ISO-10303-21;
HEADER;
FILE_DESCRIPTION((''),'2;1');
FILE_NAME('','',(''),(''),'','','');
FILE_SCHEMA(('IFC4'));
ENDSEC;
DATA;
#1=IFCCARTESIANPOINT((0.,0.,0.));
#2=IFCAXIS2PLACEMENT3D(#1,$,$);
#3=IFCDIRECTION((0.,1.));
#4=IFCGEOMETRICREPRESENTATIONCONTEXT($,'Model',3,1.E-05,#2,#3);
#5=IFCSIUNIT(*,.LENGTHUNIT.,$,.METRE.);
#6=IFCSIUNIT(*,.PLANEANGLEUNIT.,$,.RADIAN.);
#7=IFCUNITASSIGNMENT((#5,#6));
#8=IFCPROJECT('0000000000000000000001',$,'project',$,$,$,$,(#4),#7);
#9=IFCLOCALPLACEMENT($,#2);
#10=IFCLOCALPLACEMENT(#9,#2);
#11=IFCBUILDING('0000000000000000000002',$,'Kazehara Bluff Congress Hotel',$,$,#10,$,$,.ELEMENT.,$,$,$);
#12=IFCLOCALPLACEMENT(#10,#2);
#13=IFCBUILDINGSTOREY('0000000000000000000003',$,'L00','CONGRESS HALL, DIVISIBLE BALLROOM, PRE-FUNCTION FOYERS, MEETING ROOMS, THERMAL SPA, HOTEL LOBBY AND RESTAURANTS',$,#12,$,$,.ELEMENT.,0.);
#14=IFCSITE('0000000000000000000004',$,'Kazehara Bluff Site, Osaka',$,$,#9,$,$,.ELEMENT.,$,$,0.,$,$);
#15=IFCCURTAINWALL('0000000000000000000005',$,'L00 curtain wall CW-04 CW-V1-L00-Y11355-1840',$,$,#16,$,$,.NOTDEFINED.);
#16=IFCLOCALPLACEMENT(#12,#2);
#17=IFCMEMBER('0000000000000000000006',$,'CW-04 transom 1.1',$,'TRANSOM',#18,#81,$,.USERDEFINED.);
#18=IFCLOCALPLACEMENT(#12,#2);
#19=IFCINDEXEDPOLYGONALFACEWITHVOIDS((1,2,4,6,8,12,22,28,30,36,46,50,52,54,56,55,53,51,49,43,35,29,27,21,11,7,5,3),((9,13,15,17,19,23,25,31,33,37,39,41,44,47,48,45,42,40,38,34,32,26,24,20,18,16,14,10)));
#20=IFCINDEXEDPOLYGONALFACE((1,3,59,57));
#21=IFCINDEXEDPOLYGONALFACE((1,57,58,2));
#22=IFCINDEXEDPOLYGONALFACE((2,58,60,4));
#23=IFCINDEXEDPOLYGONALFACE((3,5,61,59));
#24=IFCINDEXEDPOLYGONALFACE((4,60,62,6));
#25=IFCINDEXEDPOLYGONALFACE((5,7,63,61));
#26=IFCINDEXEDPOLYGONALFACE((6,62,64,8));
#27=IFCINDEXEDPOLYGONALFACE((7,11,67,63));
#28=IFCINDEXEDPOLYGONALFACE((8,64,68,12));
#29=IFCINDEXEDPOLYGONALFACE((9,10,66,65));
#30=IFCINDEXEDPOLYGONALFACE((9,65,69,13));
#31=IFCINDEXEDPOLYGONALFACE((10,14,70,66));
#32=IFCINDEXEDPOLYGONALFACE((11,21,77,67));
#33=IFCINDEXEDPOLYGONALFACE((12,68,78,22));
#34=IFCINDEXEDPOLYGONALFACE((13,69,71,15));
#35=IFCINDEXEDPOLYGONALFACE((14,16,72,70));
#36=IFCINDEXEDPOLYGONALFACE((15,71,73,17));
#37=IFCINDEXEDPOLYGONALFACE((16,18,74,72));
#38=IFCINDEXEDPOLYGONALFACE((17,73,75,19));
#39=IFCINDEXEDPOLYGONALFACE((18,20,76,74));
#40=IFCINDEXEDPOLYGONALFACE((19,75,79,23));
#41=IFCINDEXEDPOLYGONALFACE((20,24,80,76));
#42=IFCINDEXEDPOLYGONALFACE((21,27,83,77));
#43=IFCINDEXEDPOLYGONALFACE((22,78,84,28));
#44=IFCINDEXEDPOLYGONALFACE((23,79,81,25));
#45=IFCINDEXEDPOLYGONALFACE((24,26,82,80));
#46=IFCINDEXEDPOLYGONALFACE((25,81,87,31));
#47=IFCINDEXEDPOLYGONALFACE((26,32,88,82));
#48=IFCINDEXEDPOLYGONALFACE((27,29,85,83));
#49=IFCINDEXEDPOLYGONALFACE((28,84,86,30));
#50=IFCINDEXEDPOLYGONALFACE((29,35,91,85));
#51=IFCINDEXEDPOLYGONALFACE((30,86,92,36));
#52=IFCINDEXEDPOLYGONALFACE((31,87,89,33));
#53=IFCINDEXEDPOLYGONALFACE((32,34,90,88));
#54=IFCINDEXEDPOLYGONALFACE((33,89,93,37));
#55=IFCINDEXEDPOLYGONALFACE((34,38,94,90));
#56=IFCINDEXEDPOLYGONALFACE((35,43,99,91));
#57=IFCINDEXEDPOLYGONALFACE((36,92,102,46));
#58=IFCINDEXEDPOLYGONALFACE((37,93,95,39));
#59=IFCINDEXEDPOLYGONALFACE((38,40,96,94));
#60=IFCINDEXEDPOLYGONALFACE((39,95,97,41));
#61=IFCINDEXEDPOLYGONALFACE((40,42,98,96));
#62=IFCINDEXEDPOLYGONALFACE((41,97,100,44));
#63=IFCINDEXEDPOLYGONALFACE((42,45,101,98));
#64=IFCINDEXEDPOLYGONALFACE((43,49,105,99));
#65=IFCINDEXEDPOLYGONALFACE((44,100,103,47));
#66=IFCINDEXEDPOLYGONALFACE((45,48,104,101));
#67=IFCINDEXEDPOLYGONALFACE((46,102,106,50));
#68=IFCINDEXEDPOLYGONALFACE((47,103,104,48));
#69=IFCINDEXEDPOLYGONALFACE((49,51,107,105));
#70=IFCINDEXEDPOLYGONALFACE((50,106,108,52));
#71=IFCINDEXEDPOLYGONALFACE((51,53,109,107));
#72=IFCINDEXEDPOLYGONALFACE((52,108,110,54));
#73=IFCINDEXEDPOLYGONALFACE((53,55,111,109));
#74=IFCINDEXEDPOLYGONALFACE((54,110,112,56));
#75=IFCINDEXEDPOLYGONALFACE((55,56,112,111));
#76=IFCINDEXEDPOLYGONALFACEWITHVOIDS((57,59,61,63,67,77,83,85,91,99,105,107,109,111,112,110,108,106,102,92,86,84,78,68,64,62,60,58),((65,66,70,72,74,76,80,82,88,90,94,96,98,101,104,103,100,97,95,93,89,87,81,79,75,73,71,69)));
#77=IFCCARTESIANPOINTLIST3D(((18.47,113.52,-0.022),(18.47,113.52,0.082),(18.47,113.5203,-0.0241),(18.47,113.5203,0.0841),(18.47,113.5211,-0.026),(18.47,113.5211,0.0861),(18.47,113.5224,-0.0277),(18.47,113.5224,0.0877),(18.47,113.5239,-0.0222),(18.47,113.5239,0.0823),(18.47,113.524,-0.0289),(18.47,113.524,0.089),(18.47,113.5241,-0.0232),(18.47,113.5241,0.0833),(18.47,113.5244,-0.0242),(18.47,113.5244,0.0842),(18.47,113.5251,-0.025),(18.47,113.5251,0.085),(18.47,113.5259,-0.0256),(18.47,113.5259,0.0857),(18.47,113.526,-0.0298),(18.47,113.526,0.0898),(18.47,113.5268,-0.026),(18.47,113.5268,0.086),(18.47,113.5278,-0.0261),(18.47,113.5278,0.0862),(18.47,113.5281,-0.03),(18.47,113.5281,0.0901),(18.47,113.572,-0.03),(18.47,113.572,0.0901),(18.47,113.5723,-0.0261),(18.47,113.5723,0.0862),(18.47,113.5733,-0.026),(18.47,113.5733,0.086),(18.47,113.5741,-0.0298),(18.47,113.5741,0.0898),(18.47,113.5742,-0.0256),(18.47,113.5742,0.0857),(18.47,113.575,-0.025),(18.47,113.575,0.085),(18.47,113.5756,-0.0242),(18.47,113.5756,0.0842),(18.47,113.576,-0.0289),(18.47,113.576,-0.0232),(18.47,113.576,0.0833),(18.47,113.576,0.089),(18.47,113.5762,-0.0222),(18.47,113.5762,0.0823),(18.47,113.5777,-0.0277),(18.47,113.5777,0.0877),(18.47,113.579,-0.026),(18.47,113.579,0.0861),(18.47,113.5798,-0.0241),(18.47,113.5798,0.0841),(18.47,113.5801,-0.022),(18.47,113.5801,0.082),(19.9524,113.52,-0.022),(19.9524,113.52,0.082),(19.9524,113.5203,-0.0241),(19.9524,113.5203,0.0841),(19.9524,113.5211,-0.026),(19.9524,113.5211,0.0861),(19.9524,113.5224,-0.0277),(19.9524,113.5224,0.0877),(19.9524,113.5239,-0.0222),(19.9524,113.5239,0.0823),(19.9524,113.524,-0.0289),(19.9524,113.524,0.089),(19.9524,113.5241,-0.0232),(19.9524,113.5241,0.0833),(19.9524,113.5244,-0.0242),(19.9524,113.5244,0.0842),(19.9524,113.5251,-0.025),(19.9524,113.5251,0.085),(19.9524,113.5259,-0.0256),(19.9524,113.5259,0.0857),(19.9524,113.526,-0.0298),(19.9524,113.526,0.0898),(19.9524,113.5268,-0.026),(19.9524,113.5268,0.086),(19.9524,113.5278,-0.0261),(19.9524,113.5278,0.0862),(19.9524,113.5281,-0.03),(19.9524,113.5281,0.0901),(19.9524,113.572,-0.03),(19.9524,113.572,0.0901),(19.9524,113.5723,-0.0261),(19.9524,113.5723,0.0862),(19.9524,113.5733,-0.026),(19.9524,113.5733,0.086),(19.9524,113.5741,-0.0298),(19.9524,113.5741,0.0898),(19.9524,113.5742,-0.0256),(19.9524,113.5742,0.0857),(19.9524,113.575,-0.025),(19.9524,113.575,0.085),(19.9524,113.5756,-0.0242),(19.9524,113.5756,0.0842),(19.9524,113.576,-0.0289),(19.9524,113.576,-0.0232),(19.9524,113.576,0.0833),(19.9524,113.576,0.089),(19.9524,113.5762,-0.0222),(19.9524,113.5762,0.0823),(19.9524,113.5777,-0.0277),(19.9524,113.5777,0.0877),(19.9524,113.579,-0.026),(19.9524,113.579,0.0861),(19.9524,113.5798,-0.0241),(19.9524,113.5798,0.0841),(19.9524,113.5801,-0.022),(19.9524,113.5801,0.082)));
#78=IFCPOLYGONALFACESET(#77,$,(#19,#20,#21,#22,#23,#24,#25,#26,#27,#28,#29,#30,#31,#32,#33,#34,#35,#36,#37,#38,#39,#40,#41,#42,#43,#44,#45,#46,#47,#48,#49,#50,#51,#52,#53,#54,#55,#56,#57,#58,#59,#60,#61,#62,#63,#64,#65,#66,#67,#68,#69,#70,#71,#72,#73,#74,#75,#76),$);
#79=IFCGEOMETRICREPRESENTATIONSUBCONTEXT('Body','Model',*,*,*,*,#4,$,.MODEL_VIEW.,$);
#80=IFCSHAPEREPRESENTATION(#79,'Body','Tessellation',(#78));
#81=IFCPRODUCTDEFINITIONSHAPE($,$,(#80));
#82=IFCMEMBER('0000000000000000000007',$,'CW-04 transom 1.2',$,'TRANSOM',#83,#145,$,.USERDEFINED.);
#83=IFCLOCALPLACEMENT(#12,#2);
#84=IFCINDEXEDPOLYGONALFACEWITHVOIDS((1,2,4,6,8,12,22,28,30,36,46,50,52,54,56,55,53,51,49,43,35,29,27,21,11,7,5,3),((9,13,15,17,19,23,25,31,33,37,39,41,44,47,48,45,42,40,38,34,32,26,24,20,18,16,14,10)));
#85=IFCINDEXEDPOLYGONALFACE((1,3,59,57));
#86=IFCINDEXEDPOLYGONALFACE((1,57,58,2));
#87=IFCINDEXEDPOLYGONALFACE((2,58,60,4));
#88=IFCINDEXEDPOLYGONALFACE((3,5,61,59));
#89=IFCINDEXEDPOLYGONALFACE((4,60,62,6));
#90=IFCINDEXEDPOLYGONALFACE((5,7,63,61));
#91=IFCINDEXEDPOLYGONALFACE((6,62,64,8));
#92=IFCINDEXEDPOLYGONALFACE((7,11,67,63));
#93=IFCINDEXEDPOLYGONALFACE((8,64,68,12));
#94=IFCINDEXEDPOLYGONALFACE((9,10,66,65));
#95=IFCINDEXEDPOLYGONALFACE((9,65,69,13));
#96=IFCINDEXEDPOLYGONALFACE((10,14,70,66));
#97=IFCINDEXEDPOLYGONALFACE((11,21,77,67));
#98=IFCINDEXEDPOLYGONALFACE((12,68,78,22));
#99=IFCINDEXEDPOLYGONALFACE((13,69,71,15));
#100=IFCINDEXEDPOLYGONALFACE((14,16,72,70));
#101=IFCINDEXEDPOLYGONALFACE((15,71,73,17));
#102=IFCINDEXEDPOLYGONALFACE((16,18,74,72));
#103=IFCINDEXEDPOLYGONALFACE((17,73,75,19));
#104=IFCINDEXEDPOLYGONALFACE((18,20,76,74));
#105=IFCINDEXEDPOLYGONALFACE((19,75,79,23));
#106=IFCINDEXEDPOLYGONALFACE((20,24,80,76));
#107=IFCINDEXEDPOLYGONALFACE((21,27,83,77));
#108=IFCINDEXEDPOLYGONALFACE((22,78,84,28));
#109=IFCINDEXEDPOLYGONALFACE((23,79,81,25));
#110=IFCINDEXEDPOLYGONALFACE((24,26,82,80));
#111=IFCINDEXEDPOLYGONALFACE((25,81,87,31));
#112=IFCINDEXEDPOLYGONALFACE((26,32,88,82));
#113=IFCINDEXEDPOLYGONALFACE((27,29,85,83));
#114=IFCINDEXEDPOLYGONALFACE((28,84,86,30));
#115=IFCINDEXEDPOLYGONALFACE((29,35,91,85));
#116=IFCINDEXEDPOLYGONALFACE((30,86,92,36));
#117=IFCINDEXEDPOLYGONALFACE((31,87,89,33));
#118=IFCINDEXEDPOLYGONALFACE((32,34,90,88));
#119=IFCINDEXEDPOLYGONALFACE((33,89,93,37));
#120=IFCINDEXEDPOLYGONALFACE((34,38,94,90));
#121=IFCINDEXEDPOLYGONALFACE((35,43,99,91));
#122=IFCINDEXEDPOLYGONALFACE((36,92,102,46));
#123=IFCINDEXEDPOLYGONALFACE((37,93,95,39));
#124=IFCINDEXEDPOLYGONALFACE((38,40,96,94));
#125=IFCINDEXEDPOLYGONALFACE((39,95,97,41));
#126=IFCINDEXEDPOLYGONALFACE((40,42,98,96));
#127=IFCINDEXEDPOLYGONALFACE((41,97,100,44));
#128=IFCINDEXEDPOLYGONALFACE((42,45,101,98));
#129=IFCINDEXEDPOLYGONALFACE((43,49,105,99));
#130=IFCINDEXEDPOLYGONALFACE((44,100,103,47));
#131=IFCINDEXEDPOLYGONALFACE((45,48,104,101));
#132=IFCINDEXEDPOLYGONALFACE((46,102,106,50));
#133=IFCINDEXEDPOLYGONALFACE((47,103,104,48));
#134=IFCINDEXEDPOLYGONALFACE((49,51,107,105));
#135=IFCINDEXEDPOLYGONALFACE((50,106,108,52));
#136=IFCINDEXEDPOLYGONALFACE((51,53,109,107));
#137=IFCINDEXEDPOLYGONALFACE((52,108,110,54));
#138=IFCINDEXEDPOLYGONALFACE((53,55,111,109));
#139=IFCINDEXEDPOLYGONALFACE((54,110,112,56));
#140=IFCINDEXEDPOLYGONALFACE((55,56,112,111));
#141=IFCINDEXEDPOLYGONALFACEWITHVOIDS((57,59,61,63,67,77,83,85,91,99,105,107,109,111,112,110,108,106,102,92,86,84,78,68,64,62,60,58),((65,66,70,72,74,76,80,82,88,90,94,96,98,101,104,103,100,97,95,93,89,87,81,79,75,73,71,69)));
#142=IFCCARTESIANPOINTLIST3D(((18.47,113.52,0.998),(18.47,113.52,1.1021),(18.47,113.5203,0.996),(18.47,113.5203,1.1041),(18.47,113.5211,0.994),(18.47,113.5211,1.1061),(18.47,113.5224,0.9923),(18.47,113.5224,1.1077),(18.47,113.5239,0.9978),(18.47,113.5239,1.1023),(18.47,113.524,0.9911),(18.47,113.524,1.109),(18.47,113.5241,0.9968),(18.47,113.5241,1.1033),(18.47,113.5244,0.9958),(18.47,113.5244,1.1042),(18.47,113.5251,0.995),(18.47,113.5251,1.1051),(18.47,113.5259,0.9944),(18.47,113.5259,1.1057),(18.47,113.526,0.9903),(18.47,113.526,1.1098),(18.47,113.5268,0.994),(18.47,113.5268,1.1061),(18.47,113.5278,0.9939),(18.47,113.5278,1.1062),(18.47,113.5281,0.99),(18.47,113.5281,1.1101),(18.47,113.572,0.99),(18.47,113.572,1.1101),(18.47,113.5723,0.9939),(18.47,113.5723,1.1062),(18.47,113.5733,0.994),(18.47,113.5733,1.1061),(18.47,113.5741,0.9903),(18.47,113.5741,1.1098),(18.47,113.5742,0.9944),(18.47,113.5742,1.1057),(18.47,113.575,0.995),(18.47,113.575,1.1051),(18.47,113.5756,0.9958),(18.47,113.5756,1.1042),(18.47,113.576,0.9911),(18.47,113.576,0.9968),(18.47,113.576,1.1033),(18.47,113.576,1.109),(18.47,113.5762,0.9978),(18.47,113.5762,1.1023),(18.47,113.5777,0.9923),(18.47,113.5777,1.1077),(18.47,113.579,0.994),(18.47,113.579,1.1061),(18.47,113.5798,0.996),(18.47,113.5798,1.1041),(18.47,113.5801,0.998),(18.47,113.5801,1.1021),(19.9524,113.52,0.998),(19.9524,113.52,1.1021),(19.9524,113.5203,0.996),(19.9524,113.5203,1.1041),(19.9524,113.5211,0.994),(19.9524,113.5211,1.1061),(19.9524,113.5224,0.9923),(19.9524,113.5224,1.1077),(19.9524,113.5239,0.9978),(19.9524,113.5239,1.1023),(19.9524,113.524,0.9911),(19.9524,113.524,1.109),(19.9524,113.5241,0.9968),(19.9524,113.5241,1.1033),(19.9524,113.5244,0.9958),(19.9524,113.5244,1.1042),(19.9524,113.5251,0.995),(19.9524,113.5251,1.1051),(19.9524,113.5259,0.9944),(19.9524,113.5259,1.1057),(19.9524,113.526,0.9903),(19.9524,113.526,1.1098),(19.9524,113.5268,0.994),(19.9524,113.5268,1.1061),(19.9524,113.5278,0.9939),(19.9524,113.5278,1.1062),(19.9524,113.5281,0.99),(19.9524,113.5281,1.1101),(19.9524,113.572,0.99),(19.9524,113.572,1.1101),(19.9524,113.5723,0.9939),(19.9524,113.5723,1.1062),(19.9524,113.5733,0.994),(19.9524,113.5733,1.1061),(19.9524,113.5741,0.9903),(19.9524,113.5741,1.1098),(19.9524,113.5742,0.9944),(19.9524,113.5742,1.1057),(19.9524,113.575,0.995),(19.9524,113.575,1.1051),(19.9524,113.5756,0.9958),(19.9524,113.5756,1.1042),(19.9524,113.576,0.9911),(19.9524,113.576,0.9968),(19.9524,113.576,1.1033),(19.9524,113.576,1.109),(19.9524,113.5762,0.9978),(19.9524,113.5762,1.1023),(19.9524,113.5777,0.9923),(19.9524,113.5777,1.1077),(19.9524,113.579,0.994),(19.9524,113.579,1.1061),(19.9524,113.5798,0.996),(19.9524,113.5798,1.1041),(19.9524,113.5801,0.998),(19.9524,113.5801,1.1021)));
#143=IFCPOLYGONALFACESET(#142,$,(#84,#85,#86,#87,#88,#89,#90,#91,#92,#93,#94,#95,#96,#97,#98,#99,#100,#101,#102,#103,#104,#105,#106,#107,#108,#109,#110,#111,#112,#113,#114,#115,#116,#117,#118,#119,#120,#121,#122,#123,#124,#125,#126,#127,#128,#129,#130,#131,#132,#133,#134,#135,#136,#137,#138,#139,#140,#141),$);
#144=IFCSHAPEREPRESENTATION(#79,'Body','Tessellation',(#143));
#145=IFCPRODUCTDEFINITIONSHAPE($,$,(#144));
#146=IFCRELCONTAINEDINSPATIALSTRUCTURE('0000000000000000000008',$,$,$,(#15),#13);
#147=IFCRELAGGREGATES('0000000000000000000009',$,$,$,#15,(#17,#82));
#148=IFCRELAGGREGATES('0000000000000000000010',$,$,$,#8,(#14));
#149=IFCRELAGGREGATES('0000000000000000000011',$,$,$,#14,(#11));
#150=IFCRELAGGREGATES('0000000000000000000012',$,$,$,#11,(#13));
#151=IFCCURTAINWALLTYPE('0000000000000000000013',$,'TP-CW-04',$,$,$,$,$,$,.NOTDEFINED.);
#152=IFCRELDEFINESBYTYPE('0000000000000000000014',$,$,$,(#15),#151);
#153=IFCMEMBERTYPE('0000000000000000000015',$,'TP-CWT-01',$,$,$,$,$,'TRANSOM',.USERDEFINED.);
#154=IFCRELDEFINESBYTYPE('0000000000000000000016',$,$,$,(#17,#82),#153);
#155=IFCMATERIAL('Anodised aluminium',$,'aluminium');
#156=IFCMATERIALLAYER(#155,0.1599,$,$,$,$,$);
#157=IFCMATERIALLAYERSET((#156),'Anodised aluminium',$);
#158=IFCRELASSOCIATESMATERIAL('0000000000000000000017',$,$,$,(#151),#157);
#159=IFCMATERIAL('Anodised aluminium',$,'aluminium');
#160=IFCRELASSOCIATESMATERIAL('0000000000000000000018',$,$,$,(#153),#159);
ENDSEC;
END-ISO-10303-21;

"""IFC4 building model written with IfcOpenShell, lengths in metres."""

from ifc_helpers import new_model, si_unit, direction, frame, origin, origin_2d, place, context, subcontext, project, spatial, hollow_rectangle, extrude, material, layer, layer_set, material_profile, profile_set, type_object, element, aggregate, save


model = new_model("IFC4")

# Units and contexts
model_context = context("Model", 3, precision=1e-05, world=origin(), true_north=direction((0.0, 1.0)))
body_context = subcontext(model_context, "Body", "Model", "MODEL_VIEW")
ifc_project = project(units=[si_unit("LENGTHUNIT", "METRE"), si_unit("PLANEANGLEUNIT", "RADIAN")], contexts=[model_context])

# Site, building, storey
site_placement = place(None, origin())
site = spatial("IfcSite", under=ifc_project, at=site_placement, Name="Kazehara Bluff Site, Osaka", CompositionType="ELEMENT", RefElevation=0.0)
building_placement = place(site_placement, origin())
building = spatial("IfcBuilding", under=site, at=building_placement, Name="Kazehara Bluff Congress Hotel", CompositionType="ELEMENT")
storey_placement = place(building_placement, origin())
storey = spatial("IfcBuildingStorey", under=building, at=storey_placement, Name="L00", Description="CONGRESS HALL, DIVISIBLE BALLROOM, PRE-FUNCTION FOYERS, MEETING ROOMS, THERMAL SPA, HOTEL LOBBY AND RESTAURANTS", CompositionType="ELEMENT", Elevation=0.0)

# Curtain wall, members
ifc_material_1 = material(Name="Anodised aluminium", Category="aluminium")
ifc_layer_1 = layer(ifc_material_1, 0.1599)
ifc_layer_set_1 = layer_set([ifc_layer_1], Name="Anodised aluminium")
curtain_wall_type = type_object("IfcCurtainWallType", Name="TP-CW-04", PredefinedType="NOTDEFINED", material=ifc_layer_set_1)
curtain_wall_placement = place(storey_placement, origin())
curtain_wall = element("IfcCurtainWall", 1, at=curtain_wall_placement, inside=storey, type_object=curtain_wall_type, Name="L00 curtain wall CW-04 CW-V1-L00-Y11355-1840", PredefinedType="NOTDEFINED")
ifc_material_2 = material(Name="Anodised aluminium", Category="aluminium")
ifc_material_profile_1 = material_profile(ifc_material_2, hollow_rectangle(XDim=0.0601, YDim=0.1201, WallThickness=0.0039, InnerFilletRadius=0.0039, OuterFilletRadius=0.0081, at=origin_2d()))
ifc_profile_set_1 = profile_set([ifc_material_profile_1], Name="Anodised aluminium")
member_type_1 = type_object("IfcMemberType", Name="TP-CWT-01", ElementType="TRANSOM", PredefinedType="USERDEFINED", material=ifc_profile_set_1)
member_1_placement = place(storey_placement, frame((18.47, 113.55, 0.03), z_axis=(1.0, 0.0, 0.0), x_axis=(0.0, 1.0, 0.0)))
member_1 = element("IfcMember", 2, at=member_1_placement, type_object=member_type_1, Name="CW-04 transom 1.1", ObjectType="TRANSOM", PredefinedType="USERDEFINED", context=body_context, shape_type="SweptSolid", body=[
    extrude(hollow_rectangle(XDim=0.0601, YDim=0.1201, WallThickness=0.0039, InnerFilletRadius=0.0039, OuterFilletRadius=0.0081, at=origin_2d()), origin(), (0.0, 0.0, 1.0), 1.4824),
])
member_2_placement = place(storey_placement, frame((18.47, 113.55, 1.05), z_axis=(1.0, 0.0, 0.0), x_axis=(0.0, 1.0, 0.0)))
member_2 = element("IfcMember", 3, at=member_2_placement, type_object=member_type_1, Name="CW-04 transom 1.2", ObjectType="TRANSOM", PredefinedType="USERDEFINED", context=body_context, shape_type="SweptSolid", body=[
    extrude(hollow_rectangle(XDim=0.0601, YDim=0.1201, WallThickness=0.0039, InnerFilletRadius=0.0039, OuterFilletRadius=0.0081, at=origin_2d()), origin(), (0.0, 0.0, 1.0), 1.4824),
])
aggregate(curtain_wall, [member_1, member_2])

save(model, "model.ifc")
